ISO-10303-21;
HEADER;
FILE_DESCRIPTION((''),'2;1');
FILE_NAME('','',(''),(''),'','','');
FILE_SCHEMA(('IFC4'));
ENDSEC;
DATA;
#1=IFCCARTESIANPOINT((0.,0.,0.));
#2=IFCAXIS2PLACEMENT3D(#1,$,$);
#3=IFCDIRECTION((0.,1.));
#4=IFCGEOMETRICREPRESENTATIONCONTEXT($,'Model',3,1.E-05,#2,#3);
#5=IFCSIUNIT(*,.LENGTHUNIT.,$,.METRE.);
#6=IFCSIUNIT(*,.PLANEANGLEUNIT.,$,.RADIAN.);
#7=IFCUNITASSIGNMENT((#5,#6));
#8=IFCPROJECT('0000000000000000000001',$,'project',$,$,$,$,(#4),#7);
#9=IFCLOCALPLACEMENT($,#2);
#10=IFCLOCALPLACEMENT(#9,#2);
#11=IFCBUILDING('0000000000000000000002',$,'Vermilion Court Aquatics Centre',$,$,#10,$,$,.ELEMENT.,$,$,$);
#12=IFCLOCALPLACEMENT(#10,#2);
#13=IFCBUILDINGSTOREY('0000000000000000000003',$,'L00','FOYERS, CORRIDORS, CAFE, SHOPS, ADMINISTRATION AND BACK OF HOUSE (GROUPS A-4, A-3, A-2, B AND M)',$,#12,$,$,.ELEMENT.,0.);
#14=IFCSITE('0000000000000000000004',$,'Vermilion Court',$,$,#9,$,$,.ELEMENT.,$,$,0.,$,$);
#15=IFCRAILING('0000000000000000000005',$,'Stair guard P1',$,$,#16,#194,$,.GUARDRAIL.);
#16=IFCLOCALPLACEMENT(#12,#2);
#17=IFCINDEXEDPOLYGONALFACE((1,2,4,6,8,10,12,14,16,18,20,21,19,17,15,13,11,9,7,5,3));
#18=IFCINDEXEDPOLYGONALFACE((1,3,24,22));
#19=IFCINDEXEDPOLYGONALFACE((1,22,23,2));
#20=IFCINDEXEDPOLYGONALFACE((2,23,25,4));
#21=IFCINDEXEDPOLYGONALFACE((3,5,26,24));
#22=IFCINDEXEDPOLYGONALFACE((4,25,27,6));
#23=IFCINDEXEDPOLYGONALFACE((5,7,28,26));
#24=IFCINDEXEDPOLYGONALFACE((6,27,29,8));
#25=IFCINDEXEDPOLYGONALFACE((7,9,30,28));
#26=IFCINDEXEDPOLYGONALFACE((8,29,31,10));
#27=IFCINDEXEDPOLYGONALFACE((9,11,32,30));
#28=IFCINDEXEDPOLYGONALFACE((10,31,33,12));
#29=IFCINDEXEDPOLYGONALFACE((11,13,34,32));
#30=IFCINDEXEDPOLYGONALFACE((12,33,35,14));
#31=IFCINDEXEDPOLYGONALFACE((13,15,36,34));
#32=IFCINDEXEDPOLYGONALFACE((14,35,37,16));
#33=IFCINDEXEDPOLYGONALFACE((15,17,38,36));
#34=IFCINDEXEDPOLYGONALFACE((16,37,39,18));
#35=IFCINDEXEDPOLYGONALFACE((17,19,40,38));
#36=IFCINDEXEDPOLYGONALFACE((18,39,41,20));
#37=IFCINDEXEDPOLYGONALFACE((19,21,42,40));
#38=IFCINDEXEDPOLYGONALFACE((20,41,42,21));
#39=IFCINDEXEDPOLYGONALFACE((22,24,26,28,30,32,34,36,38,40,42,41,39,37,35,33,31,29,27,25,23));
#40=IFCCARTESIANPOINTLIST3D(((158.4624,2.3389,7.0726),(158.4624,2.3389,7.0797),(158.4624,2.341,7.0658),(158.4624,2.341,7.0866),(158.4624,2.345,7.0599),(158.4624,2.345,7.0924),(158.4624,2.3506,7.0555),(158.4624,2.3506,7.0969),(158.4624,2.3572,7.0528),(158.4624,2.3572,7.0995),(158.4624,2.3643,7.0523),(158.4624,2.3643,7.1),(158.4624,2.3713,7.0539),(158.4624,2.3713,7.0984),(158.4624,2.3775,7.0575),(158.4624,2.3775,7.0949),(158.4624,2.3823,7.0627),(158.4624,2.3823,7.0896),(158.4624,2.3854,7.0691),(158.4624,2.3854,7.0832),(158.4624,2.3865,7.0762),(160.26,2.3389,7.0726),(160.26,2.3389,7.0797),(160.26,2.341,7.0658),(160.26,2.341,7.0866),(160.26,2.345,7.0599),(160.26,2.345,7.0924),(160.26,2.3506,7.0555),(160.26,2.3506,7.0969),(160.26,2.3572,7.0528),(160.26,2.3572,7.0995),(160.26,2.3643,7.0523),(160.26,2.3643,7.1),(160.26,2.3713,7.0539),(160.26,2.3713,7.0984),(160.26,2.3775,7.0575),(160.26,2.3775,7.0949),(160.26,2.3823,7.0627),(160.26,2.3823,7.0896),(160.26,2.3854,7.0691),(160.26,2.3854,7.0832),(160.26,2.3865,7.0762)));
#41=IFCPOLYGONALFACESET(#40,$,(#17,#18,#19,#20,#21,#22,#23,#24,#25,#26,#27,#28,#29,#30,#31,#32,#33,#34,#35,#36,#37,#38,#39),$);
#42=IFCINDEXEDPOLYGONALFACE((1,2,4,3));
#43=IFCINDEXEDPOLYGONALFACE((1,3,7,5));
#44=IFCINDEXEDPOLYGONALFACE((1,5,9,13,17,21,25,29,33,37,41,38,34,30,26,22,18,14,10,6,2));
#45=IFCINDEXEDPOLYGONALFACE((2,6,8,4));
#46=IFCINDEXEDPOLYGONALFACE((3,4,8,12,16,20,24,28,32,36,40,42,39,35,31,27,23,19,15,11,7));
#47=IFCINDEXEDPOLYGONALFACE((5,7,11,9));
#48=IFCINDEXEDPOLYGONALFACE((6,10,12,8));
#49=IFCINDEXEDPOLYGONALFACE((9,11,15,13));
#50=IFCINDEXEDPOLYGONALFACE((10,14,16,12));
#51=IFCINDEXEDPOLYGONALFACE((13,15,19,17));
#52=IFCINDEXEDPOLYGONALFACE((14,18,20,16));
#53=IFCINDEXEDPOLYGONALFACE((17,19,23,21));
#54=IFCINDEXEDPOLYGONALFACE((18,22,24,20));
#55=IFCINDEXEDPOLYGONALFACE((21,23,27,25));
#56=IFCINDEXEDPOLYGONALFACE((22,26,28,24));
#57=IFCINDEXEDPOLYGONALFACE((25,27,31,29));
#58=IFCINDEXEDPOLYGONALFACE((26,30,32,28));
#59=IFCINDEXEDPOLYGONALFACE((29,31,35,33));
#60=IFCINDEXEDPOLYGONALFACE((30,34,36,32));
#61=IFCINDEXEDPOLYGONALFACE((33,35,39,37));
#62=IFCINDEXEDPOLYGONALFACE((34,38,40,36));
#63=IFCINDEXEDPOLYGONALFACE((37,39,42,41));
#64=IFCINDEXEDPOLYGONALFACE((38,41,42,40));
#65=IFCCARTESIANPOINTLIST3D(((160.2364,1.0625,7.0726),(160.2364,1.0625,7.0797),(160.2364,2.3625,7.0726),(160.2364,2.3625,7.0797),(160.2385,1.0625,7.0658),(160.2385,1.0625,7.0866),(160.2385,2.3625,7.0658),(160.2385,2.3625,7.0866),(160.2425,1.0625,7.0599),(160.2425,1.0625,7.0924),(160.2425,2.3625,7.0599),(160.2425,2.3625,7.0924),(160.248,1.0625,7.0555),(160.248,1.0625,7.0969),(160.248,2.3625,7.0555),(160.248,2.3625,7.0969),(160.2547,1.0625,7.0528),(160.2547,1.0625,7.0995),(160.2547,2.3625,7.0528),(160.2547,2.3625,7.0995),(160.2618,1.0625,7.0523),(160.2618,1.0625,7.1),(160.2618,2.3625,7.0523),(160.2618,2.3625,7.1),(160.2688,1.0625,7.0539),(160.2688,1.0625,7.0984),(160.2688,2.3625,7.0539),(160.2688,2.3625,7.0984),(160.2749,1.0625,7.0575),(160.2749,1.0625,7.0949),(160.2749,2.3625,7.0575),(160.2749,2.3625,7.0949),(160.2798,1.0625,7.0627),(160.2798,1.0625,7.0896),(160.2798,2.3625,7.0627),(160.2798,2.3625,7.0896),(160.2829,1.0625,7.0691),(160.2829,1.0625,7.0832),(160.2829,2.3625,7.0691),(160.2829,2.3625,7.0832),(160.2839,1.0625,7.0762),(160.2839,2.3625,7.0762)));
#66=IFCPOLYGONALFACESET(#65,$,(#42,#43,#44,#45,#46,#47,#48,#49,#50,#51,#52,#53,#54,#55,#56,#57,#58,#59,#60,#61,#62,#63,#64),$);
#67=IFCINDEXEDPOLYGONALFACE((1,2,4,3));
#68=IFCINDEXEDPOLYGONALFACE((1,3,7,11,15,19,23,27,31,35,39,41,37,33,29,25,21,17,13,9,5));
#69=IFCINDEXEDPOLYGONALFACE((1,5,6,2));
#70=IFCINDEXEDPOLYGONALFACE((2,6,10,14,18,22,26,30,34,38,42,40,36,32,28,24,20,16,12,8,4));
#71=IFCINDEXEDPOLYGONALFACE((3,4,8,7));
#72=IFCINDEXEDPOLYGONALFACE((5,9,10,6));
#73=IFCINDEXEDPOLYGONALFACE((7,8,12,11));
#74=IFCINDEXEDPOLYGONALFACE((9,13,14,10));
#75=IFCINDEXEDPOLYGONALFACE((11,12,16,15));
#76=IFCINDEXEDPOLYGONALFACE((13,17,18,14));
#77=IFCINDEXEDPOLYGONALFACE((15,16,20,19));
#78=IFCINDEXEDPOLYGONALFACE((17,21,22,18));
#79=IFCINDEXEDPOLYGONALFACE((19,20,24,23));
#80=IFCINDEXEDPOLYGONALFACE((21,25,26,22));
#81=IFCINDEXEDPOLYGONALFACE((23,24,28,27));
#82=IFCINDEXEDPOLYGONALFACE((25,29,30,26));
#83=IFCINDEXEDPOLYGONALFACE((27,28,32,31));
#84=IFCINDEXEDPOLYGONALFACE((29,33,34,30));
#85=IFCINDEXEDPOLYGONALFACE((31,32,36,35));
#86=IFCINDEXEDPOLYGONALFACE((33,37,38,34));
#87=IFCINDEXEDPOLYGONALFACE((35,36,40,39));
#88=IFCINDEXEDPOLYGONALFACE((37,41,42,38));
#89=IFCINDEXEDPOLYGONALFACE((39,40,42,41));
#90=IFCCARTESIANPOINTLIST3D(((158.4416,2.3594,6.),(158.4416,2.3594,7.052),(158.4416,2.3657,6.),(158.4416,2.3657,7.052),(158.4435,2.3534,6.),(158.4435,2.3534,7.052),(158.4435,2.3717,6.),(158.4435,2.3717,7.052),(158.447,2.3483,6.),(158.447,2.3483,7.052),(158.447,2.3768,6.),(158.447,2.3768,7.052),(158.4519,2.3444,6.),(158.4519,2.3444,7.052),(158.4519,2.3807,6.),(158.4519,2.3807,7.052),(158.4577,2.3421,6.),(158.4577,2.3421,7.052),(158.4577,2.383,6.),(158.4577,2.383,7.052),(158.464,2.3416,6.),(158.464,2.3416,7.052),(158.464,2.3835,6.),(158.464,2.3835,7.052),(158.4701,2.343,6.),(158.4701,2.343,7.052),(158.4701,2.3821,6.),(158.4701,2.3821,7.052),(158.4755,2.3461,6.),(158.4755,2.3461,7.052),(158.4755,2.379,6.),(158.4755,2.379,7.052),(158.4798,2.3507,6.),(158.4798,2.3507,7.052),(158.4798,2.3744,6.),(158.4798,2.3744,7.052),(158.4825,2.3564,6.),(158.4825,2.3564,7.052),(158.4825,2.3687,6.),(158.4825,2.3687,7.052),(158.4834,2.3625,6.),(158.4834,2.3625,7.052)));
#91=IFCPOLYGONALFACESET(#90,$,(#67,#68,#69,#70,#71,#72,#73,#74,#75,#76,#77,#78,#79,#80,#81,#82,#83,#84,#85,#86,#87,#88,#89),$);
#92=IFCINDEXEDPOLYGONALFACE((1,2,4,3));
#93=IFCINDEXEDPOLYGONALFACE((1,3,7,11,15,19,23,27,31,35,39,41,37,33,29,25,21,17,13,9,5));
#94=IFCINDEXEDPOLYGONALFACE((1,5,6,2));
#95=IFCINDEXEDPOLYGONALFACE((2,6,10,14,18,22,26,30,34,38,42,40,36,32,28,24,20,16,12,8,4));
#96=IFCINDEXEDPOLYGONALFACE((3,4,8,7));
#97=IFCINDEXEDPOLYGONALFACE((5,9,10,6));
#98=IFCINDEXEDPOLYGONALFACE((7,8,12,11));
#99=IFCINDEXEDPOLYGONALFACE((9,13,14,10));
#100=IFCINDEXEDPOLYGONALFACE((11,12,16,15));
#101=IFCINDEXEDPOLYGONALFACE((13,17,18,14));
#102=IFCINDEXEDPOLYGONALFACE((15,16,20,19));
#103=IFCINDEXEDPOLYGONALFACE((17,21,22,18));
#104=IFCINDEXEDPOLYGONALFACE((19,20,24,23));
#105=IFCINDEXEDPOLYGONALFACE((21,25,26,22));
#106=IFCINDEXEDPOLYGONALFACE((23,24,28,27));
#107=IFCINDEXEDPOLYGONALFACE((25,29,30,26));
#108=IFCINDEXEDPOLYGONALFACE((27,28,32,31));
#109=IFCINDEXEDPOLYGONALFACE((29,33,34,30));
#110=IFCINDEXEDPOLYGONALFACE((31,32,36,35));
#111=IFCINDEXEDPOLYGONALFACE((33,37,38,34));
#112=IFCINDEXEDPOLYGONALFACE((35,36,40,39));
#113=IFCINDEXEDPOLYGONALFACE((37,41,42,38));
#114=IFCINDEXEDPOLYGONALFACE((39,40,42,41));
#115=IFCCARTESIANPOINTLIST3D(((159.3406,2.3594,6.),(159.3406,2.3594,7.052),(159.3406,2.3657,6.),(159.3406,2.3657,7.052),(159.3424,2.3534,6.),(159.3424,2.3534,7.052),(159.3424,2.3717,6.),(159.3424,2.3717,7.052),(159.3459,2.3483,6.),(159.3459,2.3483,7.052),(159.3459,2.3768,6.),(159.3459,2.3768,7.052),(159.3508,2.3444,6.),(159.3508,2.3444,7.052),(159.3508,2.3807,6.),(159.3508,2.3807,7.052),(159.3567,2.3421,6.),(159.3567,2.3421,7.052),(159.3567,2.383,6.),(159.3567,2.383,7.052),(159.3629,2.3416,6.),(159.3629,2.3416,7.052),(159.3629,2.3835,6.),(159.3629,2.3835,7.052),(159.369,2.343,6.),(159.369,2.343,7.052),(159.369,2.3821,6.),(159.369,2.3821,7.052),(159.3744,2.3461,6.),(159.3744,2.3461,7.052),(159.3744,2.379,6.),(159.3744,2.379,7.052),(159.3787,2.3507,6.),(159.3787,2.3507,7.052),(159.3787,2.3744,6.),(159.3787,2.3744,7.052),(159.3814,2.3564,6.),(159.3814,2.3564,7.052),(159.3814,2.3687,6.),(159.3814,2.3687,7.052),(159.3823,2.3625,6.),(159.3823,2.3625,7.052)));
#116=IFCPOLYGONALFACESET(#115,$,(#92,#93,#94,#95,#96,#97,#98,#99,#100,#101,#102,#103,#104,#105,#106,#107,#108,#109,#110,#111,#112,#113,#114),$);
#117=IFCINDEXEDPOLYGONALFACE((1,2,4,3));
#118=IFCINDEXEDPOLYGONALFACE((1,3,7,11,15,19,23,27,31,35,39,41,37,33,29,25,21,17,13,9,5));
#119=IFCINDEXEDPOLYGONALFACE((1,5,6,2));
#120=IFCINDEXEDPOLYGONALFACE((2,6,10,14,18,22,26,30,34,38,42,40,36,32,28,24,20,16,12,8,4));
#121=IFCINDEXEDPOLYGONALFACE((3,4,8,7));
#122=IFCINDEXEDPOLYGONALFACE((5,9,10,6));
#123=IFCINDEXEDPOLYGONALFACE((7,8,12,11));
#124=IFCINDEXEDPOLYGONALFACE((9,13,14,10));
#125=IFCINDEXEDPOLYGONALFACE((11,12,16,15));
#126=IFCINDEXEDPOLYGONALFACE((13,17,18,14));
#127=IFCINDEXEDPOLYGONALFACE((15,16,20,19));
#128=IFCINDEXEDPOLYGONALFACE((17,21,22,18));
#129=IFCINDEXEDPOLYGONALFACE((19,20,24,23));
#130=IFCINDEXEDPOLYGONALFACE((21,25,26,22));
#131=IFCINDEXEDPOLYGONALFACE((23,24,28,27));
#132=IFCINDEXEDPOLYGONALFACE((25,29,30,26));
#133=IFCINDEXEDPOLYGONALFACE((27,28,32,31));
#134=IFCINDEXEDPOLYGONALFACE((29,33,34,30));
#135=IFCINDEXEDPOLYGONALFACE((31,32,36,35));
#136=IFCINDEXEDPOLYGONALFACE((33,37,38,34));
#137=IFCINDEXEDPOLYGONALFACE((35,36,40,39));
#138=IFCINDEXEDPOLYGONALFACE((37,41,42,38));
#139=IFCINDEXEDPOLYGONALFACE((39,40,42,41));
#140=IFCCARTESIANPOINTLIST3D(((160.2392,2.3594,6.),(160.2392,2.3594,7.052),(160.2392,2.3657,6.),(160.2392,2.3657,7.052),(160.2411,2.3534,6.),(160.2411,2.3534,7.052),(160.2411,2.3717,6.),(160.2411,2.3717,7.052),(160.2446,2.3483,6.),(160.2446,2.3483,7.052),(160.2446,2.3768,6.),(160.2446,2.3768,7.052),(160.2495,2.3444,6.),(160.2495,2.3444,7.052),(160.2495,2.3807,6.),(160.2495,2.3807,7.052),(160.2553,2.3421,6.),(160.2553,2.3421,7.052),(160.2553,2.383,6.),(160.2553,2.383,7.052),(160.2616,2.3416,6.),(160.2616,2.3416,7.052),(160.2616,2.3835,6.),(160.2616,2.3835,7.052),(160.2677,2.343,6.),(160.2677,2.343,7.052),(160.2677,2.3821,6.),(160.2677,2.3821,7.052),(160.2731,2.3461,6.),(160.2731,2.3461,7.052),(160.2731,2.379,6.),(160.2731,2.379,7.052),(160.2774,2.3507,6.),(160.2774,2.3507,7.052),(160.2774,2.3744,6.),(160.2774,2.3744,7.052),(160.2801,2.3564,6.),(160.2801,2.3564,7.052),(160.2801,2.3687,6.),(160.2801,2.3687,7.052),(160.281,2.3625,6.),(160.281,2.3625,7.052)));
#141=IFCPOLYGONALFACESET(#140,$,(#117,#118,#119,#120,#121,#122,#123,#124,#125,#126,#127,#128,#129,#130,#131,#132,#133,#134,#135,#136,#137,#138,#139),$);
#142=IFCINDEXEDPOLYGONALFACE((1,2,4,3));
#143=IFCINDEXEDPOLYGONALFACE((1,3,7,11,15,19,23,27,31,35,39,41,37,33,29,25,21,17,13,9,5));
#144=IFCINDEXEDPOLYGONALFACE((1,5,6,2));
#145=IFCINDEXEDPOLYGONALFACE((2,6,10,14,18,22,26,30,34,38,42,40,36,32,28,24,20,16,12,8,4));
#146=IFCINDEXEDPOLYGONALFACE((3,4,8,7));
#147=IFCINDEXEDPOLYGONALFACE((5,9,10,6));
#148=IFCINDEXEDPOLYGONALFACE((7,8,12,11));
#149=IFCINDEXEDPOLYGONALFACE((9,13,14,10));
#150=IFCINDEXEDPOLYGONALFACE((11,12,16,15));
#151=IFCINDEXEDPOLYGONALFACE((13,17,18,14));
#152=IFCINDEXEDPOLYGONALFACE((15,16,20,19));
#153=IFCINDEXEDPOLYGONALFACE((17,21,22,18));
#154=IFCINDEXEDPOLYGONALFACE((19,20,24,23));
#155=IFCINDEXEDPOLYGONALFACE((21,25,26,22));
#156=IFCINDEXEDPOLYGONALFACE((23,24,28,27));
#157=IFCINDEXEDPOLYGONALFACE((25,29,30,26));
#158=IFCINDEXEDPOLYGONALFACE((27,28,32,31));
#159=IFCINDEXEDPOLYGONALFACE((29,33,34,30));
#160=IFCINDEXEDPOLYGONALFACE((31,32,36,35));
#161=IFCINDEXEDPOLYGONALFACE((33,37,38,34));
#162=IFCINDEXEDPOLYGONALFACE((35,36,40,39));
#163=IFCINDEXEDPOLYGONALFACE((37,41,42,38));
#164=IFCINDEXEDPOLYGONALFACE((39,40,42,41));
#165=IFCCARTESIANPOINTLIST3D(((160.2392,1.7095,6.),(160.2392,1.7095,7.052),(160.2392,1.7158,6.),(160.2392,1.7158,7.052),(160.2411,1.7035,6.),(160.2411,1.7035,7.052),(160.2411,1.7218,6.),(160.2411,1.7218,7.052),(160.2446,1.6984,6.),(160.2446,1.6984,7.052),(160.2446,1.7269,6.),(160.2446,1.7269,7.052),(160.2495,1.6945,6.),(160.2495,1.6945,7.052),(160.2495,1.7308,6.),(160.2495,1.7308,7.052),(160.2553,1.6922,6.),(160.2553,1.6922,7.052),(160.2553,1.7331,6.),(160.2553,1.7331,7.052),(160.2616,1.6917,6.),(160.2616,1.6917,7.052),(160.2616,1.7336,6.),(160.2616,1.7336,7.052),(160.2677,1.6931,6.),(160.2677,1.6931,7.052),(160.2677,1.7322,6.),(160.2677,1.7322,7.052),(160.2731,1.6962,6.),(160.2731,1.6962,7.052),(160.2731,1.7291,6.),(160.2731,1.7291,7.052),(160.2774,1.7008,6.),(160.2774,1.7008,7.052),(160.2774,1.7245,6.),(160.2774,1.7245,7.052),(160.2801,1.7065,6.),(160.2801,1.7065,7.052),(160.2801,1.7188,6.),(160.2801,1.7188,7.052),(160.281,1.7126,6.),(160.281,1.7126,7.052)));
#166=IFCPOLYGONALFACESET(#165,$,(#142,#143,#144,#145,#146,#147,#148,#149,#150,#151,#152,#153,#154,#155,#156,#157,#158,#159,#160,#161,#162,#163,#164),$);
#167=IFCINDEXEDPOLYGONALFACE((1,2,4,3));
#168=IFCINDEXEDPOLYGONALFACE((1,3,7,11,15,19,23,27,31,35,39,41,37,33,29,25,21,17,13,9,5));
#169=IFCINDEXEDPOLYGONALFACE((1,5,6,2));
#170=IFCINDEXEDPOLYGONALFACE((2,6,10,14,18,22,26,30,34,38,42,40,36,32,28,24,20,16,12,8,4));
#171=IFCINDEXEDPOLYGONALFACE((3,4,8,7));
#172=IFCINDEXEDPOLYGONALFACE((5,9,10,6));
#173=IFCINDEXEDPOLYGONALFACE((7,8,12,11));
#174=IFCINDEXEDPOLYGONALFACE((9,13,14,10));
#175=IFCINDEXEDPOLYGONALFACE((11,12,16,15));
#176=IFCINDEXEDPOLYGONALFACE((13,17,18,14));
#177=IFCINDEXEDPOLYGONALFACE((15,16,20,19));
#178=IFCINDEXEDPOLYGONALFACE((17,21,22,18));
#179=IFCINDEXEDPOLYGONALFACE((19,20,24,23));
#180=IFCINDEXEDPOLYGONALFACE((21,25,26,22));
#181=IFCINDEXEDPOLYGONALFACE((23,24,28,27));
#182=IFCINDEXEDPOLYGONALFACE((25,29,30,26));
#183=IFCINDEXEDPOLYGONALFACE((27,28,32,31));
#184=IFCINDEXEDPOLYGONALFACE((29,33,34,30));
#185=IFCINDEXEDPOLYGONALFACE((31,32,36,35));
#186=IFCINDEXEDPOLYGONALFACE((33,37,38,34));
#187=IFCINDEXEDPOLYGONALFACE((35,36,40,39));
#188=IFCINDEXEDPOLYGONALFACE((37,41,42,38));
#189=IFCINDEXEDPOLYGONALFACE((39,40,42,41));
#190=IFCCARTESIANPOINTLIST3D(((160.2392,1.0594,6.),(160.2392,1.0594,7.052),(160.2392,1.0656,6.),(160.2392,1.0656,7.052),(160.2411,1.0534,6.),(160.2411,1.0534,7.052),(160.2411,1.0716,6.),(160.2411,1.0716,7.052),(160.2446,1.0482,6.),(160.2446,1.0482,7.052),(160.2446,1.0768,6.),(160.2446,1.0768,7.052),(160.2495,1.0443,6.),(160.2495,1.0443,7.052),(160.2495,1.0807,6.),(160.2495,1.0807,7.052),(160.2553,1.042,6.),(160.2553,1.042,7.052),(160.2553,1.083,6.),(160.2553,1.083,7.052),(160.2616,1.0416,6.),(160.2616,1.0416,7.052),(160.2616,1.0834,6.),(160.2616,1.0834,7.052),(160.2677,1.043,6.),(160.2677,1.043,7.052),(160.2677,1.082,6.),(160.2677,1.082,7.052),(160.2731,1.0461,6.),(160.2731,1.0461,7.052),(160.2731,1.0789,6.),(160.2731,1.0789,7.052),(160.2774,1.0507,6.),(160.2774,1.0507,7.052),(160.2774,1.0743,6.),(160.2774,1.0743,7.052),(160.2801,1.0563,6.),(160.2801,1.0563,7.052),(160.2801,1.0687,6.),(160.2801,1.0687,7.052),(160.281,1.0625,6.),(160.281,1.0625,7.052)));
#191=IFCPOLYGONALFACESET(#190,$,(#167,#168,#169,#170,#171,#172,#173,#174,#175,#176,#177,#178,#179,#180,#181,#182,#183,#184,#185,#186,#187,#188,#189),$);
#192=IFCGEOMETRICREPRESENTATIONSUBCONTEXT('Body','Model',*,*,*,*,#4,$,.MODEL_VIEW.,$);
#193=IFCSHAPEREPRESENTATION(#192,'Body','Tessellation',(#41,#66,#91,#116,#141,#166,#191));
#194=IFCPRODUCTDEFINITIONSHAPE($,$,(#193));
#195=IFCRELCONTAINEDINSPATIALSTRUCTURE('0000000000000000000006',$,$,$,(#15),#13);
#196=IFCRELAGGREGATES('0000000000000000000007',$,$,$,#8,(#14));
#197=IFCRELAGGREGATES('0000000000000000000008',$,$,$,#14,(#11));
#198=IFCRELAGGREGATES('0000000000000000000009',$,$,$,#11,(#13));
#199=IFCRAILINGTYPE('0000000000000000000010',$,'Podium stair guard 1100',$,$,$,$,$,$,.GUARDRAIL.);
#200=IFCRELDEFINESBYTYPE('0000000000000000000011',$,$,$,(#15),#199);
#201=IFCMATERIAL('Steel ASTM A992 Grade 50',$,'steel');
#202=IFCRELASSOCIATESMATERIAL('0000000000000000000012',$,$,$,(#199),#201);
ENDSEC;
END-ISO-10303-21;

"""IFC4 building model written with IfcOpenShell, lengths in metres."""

from ifc_helpers import new_model, si_unit, direction, frame, origin, origin_2d, place, context, subcontext, project, spatial, circle, extrude, material, type_object, element, save


model = new_model("IFC4")

# Units and contexts
model_context = context("Model", 3, precision=1e-05, world=origin(), true_north=direction((0.0, 1.0)))
body_context = subcontext(model_context, "Body", "Model", "MODEL_VIEW")
ifc_project = project(units=[si_unit("LENGTHUNIT", "METRE"), si_unit("PLANEANGLEUNIT", "RADIAN")], contexts=[model_context])

# Site, building, storey
site_placement = place(None, origin())
site = spatial("IfcSite", under=ifc_project, at=site_placement, Name="Vermilion Court", CompositionType="ELEMENT", RefElevation=0.0)
building_placement = place(site_placement, origin())
building = spatial("IfcBuilding", under=site, at=building_placement, Name="Vermilion Court Aquatics Centre", CompositionType="ELEMENT")
storey_placement = place(building_placement, origin())
storey = spatial("IfcBuildingStorey", under=building, at=storey_placement, Name="L00", Description="FOYERS, CORRIDORS, CAFE, SHOPS, ADMINISTRATION AND BACK OF HOUSE (GROUPS A-4, A-3, A-2, B AND M)", CompositionType="ELEMENT", Elevation=0.0)

# Railing
ifc_material_1 = material(Name="Steel ASTM A992 Grade 50", Category="steel")
railing_type_1 = type_object("IfcRailingType", Name="Podium stair guard 1100", PredefinedType="GUARDRAIL", material=ifc_material_1)
railing_1_placement = place(storey_placement, frame((158.4624, 2.3625, 6.0)))
element("IfcRailing", 1, at=railing_1_placement, inside=storey, type_object=railing_type_1, Name="Stair guard P1", PredefinedType="GUARDRAIL", context=body_context, shape_type="SweptSolid", body=[
    extrude(circle(Radius=0.0239, at=origin_2d()), frame((0.0, 0.0, 1.0762), z_axis=(1.0, 0.0, 0.0), x_axis=(0.0, 1.0, 0.0)), (0.0, 0.0, 1.0), 1.7976),
    extrude(circle(Radius=0.0239, at=origin_2d()), frame((1.7976, 0.0, 1.0762), z_axis=(0.0, -1.0, 0.0), x_axis=(1.0, 0.0, 0.0)), (0.0, 0.0, 1.0), 1.3),
    extrude(circle(Radius=0.021, at=origin_2d()), origin(), (0.0, 0.0, 1.0), 1.052),
    extrude(circle(Radius=0.021, at=origin_2d()), frame((0.8989, 0.0, 0.0)), (0.0, 0.0, 1.0), 1.052),
    extrude(circle(Radius=0.021, at=origin_2d()), frame((1.7976, 0.0, 0.0)), (0.0, 0.0, 1.0), 1.052),
    extrude(circle(Radius=0.021, at=origin_2d()), frame((1.7976, -0.6499, 0.0)), (0.0, 0.0, 1.0), 1.052),
    extrude(circle(Radius=0.021, at=origin_2d()), frame((1.7976, -1.3, 0.0)), (0.0, 0.0, 1.0), 1.052),
])

save(model, "model.ifc")
